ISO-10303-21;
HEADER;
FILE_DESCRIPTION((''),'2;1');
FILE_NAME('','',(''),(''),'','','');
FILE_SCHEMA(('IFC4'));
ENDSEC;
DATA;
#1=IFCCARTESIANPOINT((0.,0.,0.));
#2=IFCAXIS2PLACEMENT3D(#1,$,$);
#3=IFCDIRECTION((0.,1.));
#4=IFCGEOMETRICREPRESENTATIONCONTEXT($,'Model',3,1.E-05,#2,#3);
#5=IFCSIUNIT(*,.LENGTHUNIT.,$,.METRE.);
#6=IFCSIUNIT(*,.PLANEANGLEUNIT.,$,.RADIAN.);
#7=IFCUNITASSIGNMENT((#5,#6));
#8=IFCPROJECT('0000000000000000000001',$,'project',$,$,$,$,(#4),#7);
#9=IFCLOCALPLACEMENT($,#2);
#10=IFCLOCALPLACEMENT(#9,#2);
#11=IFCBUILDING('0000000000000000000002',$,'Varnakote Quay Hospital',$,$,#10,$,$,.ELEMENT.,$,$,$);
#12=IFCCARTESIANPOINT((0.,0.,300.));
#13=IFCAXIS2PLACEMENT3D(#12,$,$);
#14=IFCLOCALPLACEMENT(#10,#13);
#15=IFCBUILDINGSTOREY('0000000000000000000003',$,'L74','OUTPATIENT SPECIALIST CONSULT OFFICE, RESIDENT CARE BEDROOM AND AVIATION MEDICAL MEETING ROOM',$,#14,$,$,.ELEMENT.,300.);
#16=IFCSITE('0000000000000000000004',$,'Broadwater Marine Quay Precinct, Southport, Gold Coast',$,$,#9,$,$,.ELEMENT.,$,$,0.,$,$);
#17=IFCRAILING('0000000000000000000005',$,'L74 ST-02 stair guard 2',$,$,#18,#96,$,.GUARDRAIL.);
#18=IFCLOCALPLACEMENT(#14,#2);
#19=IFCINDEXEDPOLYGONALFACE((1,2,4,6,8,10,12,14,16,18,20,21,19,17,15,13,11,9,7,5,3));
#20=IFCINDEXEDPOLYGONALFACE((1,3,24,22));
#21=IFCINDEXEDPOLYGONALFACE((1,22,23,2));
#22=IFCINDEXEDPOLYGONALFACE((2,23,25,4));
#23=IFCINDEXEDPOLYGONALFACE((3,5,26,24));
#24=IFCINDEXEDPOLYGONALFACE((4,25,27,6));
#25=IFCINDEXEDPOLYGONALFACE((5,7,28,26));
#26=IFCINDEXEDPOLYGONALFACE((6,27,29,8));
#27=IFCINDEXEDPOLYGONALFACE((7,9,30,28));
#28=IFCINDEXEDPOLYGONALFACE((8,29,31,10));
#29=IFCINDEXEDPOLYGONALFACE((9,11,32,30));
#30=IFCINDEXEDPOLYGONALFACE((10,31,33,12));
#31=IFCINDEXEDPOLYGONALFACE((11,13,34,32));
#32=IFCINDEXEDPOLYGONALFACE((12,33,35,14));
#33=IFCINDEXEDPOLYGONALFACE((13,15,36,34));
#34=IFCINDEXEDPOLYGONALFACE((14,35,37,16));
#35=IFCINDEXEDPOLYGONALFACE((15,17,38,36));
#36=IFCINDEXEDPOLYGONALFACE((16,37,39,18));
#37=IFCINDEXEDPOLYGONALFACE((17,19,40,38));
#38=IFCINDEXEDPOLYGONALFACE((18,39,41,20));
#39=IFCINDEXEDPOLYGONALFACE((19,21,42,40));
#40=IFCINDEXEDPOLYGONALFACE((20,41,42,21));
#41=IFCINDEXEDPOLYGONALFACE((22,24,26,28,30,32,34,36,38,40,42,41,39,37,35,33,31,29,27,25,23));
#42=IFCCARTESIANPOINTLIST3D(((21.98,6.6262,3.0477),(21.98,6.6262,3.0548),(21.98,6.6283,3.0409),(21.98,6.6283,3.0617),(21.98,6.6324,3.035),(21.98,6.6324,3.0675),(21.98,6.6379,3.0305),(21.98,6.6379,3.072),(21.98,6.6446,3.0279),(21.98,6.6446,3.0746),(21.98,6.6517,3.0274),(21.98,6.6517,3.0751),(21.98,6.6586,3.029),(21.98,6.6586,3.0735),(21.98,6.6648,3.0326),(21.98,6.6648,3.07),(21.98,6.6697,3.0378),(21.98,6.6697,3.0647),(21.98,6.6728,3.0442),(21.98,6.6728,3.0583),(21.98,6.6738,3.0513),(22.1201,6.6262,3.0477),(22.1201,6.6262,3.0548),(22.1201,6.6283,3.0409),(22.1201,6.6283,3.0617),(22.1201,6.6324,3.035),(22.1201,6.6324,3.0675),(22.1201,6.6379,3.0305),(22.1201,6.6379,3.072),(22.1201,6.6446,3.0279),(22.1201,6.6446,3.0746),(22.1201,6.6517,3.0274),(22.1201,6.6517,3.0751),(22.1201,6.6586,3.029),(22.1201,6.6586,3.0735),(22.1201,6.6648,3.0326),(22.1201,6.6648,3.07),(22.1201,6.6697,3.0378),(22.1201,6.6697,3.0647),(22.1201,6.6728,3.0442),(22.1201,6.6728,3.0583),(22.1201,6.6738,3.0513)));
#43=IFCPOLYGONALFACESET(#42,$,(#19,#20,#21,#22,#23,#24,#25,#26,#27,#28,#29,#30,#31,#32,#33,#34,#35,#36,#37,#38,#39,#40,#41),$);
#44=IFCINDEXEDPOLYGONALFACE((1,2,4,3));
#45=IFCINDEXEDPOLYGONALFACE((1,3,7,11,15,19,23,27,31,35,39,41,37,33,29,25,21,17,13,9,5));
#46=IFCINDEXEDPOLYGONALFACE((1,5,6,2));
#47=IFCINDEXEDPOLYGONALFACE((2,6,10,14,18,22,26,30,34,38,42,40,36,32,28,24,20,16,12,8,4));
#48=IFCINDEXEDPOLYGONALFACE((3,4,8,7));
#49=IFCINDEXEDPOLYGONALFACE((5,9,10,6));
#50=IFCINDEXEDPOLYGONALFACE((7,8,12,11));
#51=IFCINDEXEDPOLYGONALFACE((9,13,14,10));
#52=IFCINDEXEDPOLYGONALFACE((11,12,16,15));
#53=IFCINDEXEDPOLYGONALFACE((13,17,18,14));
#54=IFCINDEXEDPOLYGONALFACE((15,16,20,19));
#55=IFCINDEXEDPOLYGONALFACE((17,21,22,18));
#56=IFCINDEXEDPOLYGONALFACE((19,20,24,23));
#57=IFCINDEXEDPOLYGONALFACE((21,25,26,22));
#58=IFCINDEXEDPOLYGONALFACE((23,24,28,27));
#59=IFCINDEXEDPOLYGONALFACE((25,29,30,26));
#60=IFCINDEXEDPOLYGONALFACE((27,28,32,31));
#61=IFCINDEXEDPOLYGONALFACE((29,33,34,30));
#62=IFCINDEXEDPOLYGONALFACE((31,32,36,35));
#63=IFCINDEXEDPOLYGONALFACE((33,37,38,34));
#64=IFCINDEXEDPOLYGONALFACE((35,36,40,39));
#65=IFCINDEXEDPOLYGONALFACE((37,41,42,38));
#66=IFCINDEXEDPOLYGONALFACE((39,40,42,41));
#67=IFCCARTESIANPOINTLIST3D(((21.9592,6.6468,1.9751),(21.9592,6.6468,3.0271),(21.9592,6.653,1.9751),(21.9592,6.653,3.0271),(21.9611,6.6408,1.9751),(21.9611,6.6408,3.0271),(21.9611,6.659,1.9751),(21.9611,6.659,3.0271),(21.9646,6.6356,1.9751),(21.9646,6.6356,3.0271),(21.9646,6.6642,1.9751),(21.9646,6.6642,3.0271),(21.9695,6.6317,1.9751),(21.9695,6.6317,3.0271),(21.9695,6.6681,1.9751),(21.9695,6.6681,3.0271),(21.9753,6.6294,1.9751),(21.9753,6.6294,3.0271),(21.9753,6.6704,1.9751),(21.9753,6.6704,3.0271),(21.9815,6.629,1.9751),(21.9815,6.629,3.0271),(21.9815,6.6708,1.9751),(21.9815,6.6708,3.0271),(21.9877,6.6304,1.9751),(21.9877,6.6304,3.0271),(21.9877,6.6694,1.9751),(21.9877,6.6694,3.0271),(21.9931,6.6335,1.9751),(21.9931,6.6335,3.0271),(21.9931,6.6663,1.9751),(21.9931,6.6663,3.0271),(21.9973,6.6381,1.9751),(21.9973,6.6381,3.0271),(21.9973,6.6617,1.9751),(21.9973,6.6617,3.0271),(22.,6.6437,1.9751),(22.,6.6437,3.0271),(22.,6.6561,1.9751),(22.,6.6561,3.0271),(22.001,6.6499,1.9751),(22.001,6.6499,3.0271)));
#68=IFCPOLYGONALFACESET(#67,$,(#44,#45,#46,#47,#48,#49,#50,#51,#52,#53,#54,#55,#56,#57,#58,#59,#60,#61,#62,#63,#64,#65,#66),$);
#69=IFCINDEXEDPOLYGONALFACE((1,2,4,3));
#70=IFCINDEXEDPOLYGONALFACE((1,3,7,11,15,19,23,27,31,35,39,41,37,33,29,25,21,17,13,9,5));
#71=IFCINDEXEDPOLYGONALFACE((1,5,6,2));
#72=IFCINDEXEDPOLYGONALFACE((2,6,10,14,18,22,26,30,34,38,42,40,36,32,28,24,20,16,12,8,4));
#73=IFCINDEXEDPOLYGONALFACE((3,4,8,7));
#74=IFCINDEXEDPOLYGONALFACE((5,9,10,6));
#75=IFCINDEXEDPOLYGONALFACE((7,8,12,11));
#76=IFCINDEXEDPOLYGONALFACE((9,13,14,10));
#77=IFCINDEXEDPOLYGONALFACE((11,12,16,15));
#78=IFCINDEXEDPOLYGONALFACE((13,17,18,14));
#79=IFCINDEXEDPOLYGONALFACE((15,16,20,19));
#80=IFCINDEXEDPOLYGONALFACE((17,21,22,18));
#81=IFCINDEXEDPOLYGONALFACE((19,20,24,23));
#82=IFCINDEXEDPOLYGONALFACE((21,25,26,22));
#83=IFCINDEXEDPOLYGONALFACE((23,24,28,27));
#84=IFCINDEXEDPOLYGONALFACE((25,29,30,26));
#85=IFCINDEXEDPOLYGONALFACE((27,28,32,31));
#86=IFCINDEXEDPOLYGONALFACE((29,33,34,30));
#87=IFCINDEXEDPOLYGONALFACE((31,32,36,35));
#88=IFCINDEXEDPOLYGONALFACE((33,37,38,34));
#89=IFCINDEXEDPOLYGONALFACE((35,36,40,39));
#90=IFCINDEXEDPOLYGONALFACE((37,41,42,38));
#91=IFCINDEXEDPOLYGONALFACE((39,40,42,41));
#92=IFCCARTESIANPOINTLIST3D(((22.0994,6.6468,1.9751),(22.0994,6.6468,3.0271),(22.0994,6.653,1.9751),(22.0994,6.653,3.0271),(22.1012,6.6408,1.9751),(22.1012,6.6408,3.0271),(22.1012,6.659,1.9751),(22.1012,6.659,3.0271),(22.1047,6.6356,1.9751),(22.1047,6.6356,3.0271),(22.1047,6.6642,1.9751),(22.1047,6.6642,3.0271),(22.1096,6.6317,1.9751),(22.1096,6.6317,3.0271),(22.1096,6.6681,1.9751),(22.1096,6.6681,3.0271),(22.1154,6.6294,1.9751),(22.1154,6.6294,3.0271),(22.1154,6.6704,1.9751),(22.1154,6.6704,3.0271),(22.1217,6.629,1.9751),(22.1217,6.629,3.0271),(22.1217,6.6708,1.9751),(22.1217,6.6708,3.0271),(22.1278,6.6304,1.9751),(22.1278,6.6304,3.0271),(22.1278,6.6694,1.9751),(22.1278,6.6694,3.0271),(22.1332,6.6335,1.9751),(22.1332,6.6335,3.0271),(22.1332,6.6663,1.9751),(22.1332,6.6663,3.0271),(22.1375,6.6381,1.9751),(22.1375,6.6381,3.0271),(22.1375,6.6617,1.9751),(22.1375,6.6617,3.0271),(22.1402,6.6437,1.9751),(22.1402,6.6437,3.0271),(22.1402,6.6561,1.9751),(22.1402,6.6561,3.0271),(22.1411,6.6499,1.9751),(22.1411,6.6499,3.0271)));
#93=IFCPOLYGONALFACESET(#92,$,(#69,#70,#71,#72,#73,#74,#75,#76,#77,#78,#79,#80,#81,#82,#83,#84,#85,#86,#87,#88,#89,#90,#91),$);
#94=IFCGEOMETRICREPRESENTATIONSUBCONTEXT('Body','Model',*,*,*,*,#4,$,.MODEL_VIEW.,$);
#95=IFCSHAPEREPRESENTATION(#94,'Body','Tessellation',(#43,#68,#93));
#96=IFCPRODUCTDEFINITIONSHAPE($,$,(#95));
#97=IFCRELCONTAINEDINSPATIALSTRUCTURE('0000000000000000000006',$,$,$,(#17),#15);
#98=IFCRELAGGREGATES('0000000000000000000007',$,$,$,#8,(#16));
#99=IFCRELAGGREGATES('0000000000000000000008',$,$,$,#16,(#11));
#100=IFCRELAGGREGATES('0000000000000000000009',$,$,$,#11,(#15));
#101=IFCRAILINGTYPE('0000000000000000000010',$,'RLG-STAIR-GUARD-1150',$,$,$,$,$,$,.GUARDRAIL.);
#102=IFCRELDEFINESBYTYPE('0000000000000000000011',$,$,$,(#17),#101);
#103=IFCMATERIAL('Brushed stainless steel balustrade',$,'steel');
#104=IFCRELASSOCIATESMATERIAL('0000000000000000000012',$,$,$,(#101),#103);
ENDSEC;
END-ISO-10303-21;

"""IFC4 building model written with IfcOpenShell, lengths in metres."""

from ifc_helpers import new_model, si_unit, direction, frame, origin, origin_2d, place, context, subcontext, project, spatial, circle, extrude, material, type_object, element, save


model = new_model("IFC4")

# Units and contexts
model_context = context("Model", 3, precision=1e-05, world=origin(), true_north=direction((0.0, 1.0)))
body_context = subcontext(model_context, "Body", "Model", "MODEL_VIEW")
ifc_project = project(units=[si_unit("LENGTHUNIT", "METRE"), si_unit("PLANEANGLEUNIT", "RADIAN")], contexts=[model_context])

# Site, building, storey
site_placement = place(None, origin())
site = spatial("IfcSite", under=ifc_project, at=site_placement, Name="Broadwater Marine Quay Precinct, Southport, Gold Coast", CompositionType="ELEMENT", RefElevation=0.0)
building_placement = place(site_placement, origin())
building = spatial("IfcBuilding", under=site, at=building_placement, Name="Varnakote Quay Hospital", CompositionType="ELEMENT")
storey_placement = place(building_placement, frame((0.0, 0.0, 300.0)))
storey = spatial("IfcBuildingStorey", under=building, at=storey_placement, Name="L74", Description="OUTPATIENT SPECIALIST CONSULT OFFICE, RESIDENT CARE BEDROOM AND AVIATION MEDICAL MEETING ROOM", CompositionType="ELEMENT", Elevation=300.0)

# Railing
ifc_material_1 = material(Name="Brushed stainless steel balustrade", Category="steel")
railing_type_1 = type_object("IfcRailingType", Name="RLG-STAIR-GUARD-1150", PredefinedType="GUARDRAIL", material=ifc_material_1)
railing_1_placement = place(storey_placement, frame((21.98, 6.6499, 1.9751)))
element("IfcRailing", 1, at=railing_1_placement, inside=storey, type_object=railing_type_1, Name="L74 ST-02 stair guard 2", PredefinedType="GUARDRAIL", context=body_context, shape_type="SweptSolid", body=[
    extrude(circle(Radius=0.0239, at=origin_2d()), frame((0.0, 0.0, 1.0762), z_axis=(1.0, 0.0, 0.0), x_axis=(0.0, 1.0, 0.0)), (0.0, 0.0, 1.0), 0.1401),
    extrude(circle(Radius=0.021, at=origin_2d()), origin(), (0.0, 0.0, 1.0), 1.052),
    extrude(circle(Radius=0.021, at=origin_2d()), frame((0.1401, 0.0, 0.0)), (0.0, 0.0, 1.0), 1.052),
])

save(model, "model.ifc")
